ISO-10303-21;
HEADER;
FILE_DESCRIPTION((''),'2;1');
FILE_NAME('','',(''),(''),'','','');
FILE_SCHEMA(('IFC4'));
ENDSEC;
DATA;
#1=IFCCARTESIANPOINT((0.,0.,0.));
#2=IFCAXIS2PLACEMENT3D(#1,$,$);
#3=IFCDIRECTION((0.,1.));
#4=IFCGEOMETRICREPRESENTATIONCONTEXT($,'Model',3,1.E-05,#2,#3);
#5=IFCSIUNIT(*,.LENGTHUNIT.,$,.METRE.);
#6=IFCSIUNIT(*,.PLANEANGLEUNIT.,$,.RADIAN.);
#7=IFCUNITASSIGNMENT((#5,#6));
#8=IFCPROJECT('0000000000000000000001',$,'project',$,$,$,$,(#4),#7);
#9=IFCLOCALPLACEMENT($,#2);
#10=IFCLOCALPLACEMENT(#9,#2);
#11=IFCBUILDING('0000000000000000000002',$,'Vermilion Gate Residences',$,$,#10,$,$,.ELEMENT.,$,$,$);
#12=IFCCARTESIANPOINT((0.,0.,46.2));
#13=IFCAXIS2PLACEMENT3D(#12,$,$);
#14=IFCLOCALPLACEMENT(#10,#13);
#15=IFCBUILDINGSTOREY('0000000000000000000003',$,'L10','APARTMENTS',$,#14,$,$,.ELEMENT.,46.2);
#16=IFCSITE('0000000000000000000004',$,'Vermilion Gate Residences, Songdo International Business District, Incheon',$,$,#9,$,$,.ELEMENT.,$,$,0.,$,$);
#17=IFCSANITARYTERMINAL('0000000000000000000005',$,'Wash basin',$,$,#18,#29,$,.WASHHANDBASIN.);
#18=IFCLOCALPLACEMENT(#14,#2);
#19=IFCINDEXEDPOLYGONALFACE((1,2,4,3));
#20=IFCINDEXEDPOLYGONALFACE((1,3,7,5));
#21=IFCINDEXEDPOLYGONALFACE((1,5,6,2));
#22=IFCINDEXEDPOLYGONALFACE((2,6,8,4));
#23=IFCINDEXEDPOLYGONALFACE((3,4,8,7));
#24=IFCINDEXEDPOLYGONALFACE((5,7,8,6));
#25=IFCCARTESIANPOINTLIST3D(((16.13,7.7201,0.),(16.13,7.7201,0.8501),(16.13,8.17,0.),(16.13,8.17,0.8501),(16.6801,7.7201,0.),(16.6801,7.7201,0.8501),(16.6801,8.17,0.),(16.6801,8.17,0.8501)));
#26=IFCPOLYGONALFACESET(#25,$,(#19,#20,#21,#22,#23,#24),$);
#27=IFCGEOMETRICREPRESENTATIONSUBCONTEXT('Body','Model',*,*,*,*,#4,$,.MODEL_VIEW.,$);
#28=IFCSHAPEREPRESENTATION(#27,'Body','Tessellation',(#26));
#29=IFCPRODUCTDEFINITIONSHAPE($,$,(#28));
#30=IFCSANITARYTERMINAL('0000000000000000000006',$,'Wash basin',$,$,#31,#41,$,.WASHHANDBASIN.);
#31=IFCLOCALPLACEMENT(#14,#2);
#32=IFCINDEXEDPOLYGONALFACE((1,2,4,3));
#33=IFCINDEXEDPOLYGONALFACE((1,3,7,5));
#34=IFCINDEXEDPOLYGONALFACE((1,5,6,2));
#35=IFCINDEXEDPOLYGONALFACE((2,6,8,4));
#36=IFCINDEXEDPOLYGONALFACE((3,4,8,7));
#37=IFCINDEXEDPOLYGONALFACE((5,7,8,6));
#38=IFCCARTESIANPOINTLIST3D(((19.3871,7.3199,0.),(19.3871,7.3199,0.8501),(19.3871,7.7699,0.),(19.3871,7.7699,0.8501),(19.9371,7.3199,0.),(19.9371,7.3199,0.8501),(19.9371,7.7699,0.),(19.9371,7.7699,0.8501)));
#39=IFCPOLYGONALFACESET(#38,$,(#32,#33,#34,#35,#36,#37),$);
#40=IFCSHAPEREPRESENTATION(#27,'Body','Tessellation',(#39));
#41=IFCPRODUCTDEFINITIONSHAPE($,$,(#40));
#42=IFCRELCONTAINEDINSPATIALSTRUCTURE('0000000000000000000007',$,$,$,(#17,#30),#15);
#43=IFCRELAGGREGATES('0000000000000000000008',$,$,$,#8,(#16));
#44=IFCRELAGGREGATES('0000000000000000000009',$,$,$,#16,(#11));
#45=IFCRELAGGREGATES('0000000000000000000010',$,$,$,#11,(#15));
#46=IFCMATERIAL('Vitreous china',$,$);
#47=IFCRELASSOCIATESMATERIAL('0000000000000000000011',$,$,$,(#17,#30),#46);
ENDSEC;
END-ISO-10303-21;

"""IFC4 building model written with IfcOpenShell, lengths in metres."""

from ifc_helpers import new_model, si_unit, direction, frame, origin, origin_2d, place, context, subcontext, project, spatial, rectangle, extrude, material, element, save


model = new_model("IFC4")

# Units and contexts
model_context = context("Model", 3, precision=1e-05, world=origin(), true_north=direction((0.0, 1.0)))
body_context = subcontext(model_context, "Body", "Model", "MODEL_VIEW")
ifc_project = project(units=[si_unit("LENGTHUNIT", "METRE"), si_unit("PLANEANGLEUNIT", "RADIAN")], contexts=[model_context])

# Site, building, storey
site_placement = place(None, origin())
site = spatial("IfcSite", under=ifc_project, at=site_placement, Name="Vermilion Gate Residences, Songdo International Business District, Incheon", CompositionType="ELEMENT", RefElevation=0.0)
building_placement = place(site_placement, origin())
building = spatial("IfcBuilding", under=site, at=building_placement, Name="Vermilion Gate Residences", CompositionType="ELEMENT")
storey_placement = place(building_placement, frame((0.0, 0.0, 46.2)))
storey = spatial("IfcBuildingStorey", under=building, at=storey_placement, Name="L10", Description="APARTMENTS", CompositionType="ELEMENT", Elevation=46.2)

# Sanitary terminals
ifc_material_1 = material(Name="Vitreous china")
for number, where, z_axis, x_axis, name in (
    (1, (16.405, 7.9451, 0.0), (0.0, 0.0, 1.0), (1.0, 0.0, 0.0), "Wash basin"),
    (2, (19.6621, 7.5449, 0.0), (0.0, 0.0, 1.0), (1.0, 0.0, 0.0), "Wash basin"),
):
    element("IfcSanitaryTerminal", number, at=place(storey_placement, frame(where, z_axis=z_axis, x_axis=x_axis)), inside=storey, material=ifc_material_1, Name=name, PredefinedType="WASHHANDBASIN", context=body_context, shape_type="SweptSolid", body=[
        extrude(rectangle(XDim=0.55, YDim=0.45, at=origin_2d()), origin(), (0.0, 0.0, 1.0), 0.8501),
    ])

save(model, "model.ifc")
